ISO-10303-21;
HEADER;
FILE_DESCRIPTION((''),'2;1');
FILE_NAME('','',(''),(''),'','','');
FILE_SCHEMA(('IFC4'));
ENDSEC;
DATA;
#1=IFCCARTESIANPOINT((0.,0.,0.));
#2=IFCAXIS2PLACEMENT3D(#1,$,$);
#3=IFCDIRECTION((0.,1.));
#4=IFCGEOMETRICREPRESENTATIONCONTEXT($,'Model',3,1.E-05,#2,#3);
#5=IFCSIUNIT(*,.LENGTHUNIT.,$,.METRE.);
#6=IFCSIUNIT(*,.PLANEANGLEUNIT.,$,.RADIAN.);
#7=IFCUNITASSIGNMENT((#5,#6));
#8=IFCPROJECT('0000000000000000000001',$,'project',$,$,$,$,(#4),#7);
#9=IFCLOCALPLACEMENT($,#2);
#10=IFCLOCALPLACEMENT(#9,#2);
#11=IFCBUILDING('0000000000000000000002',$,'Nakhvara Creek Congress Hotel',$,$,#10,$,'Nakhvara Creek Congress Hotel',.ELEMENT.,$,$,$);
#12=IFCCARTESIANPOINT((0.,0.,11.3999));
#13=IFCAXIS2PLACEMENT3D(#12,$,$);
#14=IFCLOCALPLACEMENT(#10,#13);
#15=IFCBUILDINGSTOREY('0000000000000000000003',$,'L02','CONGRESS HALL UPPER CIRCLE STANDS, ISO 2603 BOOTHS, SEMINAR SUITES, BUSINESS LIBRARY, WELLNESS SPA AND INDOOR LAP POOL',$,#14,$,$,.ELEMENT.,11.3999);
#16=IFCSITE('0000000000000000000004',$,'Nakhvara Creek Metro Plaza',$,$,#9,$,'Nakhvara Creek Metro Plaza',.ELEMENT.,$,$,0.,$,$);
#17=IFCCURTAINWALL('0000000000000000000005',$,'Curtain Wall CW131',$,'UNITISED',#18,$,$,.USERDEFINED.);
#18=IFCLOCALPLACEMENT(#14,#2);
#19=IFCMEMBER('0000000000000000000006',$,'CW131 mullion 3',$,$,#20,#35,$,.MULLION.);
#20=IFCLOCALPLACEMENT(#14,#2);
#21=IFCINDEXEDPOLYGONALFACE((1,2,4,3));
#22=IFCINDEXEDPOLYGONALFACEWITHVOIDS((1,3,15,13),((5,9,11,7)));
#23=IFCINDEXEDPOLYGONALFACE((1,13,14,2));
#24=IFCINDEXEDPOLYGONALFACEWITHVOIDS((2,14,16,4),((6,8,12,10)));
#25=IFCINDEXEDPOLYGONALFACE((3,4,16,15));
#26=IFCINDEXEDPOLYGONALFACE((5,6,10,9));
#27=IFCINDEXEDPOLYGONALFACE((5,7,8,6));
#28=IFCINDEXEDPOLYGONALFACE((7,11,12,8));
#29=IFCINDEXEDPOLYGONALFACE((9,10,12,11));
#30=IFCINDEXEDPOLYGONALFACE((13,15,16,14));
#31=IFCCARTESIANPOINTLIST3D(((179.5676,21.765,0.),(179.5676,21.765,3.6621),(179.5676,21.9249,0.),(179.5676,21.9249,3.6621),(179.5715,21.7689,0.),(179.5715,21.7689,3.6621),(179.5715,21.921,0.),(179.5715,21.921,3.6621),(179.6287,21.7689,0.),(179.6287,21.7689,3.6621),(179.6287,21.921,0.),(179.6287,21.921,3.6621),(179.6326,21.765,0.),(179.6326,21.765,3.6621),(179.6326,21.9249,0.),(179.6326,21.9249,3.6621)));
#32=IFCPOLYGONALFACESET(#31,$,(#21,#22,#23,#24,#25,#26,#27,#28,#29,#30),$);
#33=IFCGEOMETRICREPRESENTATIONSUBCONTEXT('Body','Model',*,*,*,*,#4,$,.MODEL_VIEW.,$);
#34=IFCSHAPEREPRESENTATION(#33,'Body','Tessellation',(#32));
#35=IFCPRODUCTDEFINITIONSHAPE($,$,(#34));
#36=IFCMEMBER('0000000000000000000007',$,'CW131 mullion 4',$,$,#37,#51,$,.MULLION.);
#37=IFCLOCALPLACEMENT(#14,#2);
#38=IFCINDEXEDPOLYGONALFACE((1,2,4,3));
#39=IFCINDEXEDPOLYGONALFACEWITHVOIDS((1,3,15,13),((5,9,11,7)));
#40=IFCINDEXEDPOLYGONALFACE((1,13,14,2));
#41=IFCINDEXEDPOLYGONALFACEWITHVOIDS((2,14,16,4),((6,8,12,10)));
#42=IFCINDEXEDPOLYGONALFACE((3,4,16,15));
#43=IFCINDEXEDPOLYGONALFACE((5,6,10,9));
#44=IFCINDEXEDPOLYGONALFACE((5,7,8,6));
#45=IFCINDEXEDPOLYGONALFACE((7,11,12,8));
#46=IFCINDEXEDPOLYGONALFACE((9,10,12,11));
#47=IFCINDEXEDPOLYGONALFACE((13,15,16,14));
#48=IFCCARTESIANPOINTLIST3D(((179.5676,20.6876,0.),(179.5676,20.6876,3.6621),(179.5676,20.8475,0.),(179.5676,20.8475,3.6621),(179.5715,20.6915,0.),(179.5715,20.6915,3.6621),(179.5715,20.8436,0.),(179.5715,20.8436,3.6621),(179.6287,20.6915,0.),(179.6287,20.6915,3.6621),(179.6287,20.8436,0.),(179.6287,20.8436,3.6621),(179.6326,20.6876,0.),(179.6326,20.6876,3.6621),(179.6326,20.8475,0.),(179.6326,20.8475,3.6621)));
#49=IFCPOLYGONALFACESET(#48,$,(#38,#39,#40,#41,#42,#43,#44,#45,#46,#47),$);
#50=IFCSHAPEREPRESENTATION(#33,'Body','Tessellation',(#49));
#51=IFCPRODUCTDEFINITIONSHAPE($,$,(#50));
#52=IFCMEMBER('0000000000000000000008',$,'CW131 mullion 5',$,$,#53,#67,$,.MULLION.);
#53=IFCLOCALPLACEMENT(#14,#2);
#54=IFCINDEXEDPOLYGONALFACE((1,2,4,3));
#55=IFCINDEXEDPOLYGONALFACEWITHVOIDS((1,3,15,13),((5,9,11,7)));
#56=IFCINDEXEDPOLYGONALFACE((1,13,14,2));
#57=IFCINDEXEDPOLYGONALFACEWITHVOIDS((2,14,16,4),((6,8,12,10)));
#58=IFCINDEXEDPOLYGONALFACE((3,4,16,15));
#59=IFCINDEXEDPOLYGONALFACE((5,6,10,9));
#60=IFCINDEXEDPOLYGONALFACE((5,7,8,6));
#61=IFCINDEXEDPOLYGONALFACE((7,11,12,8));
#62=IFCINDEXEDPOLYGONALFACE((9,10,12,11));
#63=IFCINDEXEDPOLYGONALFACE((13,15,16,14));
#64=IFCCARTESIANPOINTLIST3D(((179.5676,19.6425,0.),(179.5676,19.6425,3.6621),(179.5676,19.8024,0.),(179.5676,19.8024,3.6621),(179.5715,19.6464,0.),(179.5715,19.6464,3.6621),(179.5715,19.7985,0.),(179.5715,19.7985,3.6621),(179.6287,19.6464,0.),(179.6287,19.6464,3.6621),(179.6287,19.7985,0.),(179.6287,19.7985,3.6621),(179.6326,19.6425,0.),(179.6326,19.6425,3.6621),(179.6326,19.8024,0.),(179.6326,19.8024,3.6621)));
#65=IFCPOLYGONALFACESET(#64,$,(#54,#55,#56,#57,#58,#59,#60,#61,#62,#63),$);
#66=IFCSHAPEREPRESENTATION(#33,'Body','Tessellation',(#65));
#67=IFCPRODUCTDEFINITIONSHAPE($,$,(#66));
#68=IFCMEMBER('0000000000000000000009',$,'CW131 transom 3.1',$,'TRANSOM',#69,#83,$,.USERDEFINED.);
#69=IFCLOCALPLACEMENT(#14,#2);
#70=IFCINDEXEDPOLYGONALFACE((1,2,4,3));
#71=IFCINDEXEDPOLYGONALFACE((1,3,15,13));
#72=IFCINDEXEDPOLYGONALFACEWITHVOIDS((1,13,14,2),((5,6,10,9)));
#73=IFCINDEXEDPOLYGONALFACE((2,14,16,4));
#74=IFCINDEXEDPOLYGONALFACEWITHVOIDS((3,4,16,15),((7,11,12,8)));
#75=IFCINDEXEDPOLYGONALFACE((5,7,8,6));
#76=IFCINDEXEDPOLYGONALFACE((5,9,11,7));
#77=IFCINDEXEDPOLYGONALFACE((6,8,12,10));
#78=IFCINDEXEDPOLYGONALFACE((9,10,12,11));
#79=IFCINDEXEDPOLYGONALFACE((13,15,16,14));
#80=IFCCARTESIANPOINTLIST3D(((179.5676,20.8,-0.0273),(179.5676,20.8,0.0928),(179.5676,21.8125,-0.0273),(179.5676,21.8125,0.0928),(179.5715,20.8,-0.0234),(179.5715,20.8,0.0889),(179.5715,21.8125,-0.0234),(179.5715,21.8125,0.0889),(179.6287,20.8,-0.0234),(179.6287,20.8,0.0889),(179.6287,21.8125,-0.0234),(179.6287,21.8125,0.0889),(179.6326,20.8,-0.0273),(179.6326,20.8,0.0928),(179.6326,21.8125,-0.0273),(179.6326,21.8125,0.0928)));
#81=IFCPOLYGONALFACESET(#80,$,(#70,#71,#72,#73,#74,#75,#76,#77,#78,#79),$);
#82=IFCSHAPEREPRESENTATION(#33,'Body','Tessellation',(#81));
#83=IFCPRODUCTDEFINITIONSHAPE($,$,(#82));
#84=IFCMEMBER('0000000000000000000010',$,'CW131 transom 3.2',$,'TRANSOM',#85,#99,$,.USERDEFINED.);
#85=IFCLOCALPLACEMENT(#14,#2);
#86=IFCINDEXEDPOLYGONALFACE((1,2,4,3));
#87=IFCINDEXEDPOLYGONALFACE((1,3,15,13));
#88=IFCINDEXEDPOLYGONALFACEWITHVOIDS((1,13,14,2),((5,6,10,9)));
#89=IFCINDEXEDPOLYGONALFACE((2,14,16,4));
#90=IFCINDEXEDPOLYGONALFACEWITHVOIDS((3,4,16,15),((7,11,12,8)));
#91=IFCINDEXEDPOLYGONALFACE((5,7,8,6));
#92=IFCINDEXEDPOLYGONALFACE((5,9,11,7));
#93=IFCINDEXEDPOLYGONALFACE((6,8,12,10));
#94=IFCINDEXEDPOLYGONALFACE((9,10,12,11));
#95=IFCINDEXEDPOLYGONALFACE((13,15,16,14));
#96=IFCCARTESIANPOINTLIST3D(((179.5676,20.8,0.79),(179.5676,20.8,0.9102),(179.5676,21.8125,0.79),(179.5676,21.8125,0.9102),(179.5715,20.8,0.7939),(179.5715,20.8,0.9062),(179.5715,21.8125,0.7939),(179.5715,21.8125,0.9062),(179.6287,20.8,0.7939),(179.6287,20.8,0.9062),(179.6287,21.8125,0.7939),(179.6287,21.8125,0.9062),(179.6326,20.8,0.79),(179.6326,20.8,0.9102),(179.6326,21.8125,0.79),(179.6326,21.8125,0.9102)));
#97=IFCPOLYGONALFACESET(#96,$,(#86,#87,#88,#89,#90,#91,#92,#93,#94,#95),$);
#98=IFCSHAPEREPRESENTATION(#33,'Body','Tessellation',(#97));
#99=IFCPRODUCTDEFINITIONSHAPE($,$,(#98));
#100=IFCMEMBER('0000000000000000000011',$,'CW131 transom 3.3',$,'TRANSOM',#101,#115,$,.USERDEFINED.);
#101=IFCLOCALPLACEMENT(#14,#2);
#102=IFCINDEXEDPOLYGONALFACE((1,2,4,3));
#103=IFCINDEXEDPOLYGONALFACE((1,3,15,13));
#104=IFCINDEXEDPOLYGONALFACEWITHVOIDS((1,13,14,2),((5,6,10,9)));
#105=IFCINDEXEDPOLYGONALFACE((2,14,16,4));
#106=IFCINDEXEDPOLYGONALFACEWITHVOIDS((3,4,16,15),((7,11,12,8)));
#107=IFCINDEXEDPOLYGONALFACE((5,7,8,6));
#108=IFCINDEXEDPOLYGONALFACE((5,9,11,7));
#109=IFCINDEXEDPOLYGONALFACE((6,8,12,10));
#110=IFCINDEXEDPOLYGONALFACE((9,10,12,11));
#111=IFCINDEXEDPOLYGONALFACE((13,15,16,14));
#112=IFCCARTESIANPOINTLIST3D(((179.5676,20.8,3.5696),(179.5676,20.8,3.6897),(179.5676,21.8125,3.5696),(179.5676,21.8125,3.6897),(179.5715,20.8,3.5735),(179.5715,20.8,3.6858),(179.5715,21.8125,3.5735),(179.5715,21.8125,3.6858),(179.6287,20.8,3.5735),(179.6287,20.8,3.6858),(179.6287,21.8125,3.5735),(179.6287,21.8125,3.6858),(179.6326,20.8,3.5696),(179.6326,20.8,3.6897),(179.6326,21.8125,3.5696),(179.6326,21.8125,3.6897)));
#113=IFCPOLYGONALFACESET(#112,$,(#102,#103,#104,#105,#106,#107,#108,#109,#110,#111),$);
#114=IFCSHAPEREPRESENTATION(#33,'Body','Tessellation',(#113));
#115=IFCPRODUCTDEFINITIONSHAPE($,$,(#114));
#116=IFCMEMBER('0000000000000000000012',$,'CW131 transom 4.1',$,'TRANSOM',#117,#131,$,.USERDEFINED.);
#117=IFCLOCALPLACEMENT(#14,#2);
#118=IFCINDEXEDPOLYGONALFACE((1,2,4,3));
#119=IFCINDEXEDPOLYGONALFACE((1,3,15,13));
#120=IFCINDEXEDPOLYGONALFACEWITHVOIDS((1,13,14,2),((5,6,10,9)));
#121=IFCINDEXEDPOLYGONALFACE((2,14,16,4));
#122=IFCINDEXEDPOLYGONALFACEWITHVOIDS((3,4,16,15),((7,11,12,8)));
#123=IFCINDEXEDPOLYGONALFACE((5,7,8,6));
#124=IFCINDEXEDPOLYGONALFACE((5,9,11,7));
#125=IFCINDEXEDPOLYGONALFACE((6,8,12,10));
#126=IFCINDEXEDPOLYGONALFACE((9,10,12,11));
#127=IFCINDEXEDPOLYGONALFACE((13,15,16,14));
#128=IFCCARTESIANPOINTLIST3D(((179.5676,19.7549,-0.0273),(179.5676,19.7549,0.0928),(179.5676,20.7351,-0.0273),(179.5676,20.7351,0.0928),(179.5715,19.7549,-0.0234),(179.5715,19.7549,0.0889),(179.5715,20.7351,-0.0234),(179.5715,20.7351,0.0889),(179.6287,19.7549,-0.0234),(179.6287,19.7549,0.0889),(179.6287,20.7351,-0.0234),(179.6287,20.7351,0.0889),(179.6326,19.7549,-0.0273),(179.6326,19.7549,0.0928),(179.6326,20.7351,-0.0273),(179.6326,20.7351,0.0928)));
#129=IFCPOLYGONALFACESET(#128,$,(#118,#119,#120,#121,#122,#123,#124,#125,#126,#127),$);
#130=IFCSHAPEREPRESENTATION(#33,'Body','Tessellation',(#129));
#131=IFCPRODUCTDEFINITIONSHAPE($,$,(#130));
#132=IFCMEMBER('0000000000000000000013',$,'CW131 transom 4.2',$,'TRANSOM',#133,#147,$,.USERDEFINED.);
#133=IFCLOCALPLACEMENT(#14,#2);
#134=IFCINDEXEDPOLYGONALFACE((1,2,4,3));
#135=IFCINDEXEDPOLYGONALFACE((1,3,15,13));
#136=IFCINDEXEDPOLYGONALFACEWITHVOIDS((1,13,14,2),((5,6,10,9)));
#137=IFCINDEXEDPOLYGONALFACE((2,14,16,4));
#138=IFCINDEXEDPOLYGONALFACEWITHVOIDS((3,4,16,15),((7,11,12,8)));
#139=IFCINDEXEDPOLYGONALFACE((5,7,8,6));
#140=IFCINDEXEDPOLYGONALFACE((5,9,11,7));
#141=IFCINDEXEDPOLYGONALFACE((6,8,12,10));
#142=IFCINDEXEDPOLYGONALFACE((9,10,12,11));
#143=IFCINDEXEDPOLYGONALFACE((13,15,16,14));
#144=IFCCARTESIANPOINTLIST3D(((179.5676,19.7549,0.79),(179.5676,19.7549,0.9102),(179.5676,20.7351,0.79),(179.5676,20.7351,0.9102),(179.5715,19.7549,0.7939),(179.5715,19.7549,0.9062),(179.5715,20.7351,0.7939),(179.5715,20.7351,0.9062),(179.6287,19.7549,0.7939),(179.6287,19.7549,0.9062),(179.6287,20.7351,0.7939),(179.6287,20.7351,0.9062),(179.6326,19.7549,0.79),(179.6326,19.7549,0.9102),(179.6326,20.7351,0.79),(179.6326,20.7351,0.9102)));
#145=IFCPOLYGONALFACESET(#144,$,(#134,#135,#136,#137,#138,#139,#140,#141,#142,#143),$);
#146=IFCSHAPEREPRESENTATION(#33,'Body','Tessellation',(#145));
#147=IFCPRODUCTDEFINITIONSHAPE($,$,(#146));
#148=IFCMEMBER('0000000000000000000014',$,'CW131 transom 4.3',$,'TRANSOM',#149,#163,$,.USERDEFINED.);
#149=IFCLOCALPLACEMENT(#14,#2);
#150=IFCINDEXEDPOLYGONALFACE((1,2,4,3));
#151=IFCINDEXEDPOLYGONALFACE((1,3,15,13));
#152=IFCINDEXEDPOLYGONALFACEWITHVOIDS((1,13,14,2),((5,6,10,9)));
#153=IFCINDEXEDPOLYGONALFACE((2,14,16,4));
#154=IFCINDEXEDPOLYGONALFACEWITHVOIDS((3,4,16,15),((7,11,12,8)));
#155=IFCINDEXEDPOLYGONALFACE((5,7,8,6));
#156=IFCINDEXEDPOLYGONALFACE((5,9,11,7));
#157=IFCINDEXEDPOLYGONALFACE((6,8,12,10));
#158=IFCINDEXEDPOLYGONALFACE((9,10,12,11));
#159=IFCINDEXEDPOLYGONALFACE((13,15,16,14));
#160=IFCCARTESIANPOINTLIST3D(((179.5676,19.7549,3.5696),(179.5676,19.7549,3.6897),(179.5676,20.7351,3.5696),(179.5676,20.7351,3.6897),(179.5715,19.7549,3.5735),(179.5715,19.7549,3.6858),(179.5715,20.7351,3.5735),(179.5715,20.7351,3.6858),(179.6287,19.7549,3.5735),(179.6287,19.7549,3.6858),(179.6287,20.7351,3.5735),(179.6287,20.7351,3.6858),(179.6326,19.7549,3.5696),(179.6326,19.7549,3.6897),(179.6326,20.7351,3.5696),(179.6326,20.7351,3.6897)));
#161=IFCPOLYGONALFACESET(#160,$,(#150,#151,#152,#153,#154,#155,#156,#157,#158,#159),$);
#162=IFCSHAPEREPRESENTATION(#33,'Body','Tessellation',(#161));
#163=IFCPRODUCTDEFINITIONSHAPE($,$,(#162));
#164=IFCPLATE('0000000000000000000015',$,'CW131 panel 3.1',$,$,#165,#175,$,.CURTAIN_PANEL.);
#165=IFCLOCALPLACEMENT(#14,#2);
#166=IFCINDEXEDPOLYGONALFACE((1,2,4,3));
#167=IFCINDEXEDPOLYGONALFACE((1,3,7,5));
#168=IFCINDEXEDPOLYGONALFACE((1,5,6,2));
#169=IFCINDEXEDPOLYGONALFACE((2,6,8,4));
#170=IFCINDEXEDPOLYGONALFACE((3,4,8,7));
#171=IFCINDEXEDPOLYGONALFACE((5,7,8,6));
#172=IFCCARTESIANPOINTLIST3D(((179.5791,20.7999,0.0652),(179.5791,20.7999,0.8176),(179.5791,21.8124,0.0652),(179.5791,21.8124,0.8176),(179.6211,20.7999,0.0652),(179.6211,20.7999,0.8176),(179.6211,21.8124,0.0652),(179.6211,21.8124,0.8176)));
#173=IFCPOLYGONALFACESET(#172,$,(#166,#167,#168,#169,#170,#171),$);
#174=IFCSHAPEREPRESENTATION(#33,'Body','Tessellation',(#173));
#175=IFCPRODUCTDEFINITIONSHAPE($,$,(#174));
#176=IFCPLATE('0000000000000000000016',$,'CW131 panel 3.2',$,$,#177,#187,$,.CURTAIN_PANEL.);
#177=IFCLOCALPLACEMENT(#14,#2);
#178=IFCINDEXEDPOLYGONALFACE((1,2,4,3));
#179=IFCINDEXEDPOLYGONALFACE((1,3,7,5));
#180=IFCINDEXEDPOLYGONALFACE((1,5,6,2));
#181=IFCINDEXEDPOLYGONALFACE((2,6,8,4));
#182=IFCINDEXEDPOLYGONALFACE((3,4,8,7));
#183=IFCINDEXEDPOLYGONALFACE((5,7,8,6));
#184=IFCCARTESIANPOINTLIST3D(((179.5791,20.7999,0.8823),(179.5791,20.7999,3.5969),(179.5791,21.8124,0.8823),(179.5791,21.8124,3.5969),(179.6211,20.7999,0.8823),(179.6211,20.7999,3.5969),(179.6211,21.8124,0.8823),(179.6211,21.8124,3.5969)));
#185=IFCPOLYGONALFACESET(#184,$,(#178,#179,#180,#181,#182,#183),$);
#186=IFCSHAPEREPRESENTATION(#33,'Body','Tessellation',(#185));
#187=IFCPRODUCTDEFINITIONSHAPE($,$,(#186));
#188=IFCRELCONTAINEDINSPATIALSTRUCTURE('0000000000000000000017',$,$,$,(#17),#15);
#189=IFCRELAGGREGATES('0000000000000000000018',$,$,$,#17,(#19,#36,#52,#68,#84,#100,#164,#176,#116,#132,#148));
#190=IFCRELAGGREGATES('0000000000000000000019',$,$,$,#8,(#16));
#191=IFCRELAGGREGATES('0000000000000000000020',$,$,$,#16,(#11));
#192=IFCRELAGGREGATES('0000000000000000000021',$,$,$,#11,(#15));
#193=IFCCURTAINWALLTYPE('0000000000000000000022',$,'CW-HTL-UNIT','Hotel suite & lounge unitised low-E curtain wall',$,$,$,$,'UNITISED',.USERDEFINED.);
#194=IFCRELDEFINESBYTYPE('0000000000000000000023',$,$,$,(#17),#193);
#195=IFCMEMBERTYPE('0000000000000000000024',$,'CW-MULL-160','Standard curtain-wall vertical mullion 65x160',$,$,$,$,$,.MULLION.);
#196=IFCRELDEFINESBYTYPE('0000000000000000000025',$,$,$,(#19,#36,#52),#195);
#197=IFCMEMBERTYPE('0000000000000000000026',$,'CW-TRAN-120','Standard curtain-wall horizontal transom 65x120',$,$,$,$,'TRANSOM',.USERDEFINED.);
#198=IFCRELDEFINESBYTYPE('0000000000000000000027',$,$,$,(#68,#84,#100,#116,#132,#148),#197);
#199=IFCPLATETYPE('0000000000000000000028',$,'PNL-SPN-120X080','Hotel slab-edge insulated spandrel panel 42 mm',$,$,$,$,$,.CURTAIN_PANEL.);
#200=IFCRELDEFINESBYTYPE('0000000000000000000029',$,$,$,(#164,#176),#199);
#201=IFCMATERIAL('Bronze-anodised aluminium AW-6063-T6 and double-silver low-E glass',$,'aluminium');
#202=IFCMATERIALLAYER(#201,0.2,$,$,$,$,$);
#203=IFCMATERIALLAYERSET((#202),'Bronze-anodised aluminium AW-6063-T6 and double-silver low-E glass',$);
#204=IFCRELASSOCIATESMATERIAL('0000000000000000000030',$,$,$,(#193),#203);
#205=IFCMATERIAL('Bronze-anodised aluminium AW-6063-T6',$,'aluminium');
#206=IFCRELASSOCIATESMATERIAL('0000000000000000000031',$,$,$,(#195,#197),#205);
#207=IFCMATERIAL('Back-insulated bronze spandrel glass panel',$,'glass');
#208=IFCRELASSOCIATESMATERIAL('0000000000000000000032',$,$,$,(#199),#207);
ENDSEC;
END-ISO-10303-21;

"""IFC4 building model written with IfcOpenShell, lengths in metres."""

from ifc_helpers import new_model, si_unit, direction, frame, origin, origin_2d, place, context, subcontext, project, spatial, rectangle, hollow_rectangle, extrude, material, layer, layer_set, material_profile, profile_set, type_object, element, aggregate, save


model = new_model("IFC4")

# Units and contexts
model_context = context("Model", 3, precision=1e-05, world=origin(), true_north=direction((0.0, 1.0)))
body_context = subcontext(model_context, "Body", "Model", "MODEL_VIEW")
ifc_project = project(units=[si_unit("LENGTHUNIT", "METRE"), si_unit("PLANEANGLEUNIT", "RADIAN")], contexts=[model_context])

# Site, building, storey
site_placement = place(None, origin())
site = spatial("IfcSite", under=ifc_project, at=site_placement, Name="Nakhvara Creek Metro Plaza", LongName="Nakhvara Creek Metro Plaza", CompositionType="ELEMENT", RefElevation=0.0)
building_placement = place(site_placement, origin())
building = spatial("IfcBuilding", under=site, at=building_placement, Name="Nakhvara Creek Congress Hotel", LongName="Nakhvara Creek Congress Hotel", CompositionType="ELEMENT")
storey_placement = place(building_placement, frame((0.0, 0.0, 11.3999)))
storey = spatial("IfcBuildingStorey", under=building, at=storey_placement, Name="L02", Description="CONGRESS HALL UPPER CIRCLE STANDS, ISO 2603 BOOTHS, SEMINAR SUITES, BUSINESS LIBRARY, WELLNESS SPA AND INDOOR LAP POOL", CompositionType="ELEMENT", Elevation=11.3999)

# Curtain wall, members, plates
ifc_material_1 = material(Name="Bronze-anodised aluminium AW-6063-T6 and double-silver low-E glass", Category="aluminium")
ifc_layer_1 = layer(ifc_material_1, 0.2)
ifc_layer_set_1 = layer_set([ifc_layer_1], Name="Bronze-anodised aluminium AW-6063-T6 and double-silver low-E glass")
curtain_wall_type = type_object("IfcCurtainWallType", Name="CW-HTL-UNIT", Description="Hotel suite & lounge unitised low-E curtain wall", ElementType="UNITISED", PredefinedType="USERDEFINED", material=ifc_layer_set_1)
curtain_wall_placement = place(storey_placement, origin())
curtain_wall = element("IfcCurtainWall", 1, at=curtain_wall_placement, inside=storey, type_object=curtain_wall_type, Name="Curtain Wall CW131", ObjectType="UNITISED", PredefinedType="USERDEFINED")
ifc_material_2 = material(Name="Bronze-anodised aluminium AW-6063-T6", Category="aluminium")
ifc_material_profile_1 = material_profile(ifc_material_2, hollow_rectangle(XDim=0.0649, YDim=0.1599, WallThickness=0.0039, at=origin_2d()), Name="ALU-MULL 65x160x4", Category="LoadBearing")
ifc_profile_set_1 = profile_set([ifc_material_profile_1], Name="Bronze-anodised aluminium AW-6063-T6")
member_type_1 = type_object("IfcMemberType", Name="CW-MULL-160", Description="Standard curtain-wall vertical mullion 65x160", PredefinedType="MULLION", material=ifc_profile_set_1)
member_1_placement = place(storey_placement, frame((179.6001, 21.845, 0.0), z_axis=(0.0, 0.0, 1.0), x_axis=(1.0, 0.0, 0.0)))
member_1 = element("IfcMember", 2, at=member_1_placement, type_object=member_type_1, Name="CW131 mullion 3", PredefinedType="MULLION", context=body_context, shape_type="SweptSolid", body=[
    extrude(hollow_rectangle(XDim=0.0649, YDim=0.1599, WallThickness=0.0039, at=origin_2d()), origin(), (0.0, 0.0, 1.0), 3.6621),
])
member_2_placement = place(storey_placement, frame((179.6001, 20.7676, 0.0), z_axis=(0.0, 0.0, 1.0), x_axis=(1.0, 0.0, 0.0)))
member_2 = element("IfcMember", 3, at=member_2_placement, type_object=member_type_1, Name="CW131 mullion 4", PredefinedType="MULLION", context=body_context, shape_type="SweptSolid", body=[
    extrude(hollow_rectangle(XDim=0.0649, YDim=0.1599, WallThickness=0.0039, at=origin_2d()), origin(), (0.0, 0.0, 1.0), 3.6621),
])
member_3_placement = place(storey_placement, frame((179.6001, 19.7224, 0.0), z_axis=(0.0, 0.0, 1.0), x_axis=(1.0, 0.0, 0.0)))
member_3 = element("IfcMember", 4, at=member_3_placement, type_object=member_type_1, Name="CW131 mullion 5", PredefinedType="MULLION", context=body_context, shape_type="SweptSolid", body=[
    extrude(hollow_rectangle(XDim=0.0649, YDim=0.1599, WallThickness=0.0039, at=origin_2d()), origin(), (0.0, 0.0, 1.0), 3.6621),
])
ifc_material_profile_2 = material_profile(ifc_material_2, hollow_rectangle(XDim=0.0649, YDim=0.1201, WallThickness=0.0039, at=origin_2d()), Name="ALU-TRAN 65x120x4", Category="LoadBearing")
ifc_profile_set_2 = profile_set([ifc_material_profile_2], Name="Bronze-anodised aluminium AW-6063-T6")
member_type_2 = type_object("IfcMemberType", Name="CW-TRAN-120", Description="Standard curtain-wall horizontal transom 65x120", ElementType="TRANSOM", PredefinedType="USERDEFINED", material=ifc_profile_set_2)
member_4_placement = place(storey_placement, frame((179.6001, 21.8125, 0.0327), z_axis=(0.0, -1.0, 0.0), x_axis=(1.0, 0.0, 0.0)))
member_4 = element("IfcMember", 5, at=member_4_placement, type_object=member_type_2, Name="CW131 transom 3.1", ObjectType="TRANSOM", PredefinedType="USERDEFINED", context=body_context, shape_type="SweptSolid", body=[
    extrude(hollow_rectangle(XDim=0.0649, YDim=0.1201, WallThickness=0.0039, at=origin_2d()), origin(), (0.0, 0.0, 1.0), 1.0125),
])
member_5_placement = place(storey_placement, frame((179.6001, 21.8125, 0.8501), z_axis=(0.0, -1.0, 0.0), x_axis=(1.0, 0.0, 0.0)))
member_5 = element("IfcMember", 6, at=member_5_placement, type_object=member_type_2, Name="CW131 transom 3.2", ObjectType="TRANSOM", PredefinedType="USERDEFINED", context=body_context, shape_type="SweptSolid", body=[
    extrude(hollow_rectangle(XDim=0.0649, YDim=0.1201, WallThickness=0.0039, at=origin_2d()), origin(), (0.0, 0.0, 1.0), 1.0125),
])
member_6_placement = place(storey_placement, frame((179.6001, 21.8125, 3.6296), z_axis=(0.0, -1.0, 0.0), x_axis=(1.0, 0.0, 0.0)))
member_6 = element("IfcMember", 7, at=member_6_placement, type_object=member_type_2, Name="CW131 transom 3.3", ObjectType="TRANSOM", PredefinedType="USERDEFINED", context=body_context, shape_type="SweptSolid", body=[
    extrude(hollow_rectangle(XDim=0.0649, YDim=0.1201, WallThickness=0.0039, at=origin_2d()), origin(), (0.0, 0.0, 1.0), 1.0125),
])
member_7_placement = place(storey_placement, frame((179.6001, 20.7351, 0.0327), z_axis=(0.0, -1.0, 0.0), x_axis=(1.0, 0.0, 0.0)))
member_7 = element("IfcMember", 8, at=member_7_placement, type_object=member_type_2, Name="CW131 transom 4.1", ObjectType="TRANSOM", PredefinedType="USERDEFINED", context=body_context, shape_type="SweptSolid", body=[
    extrude(hollow_rectangle(XDim=0.0649, YDim=0.1201, WallThickness=0.0039, at=origin_2d()), origin(), (0.0, 0.0, 1.0), 0.9802),
])
member_8_placement = place(storey_placement, frame((179.6001, 20.7351, 0.8501), z_axis=(0.0, -1.0, 0.0), x_axis=(1.0, 0.0, 0.0)))
member_8 = element("IfcMember", 9, at=member_8_placement, type_object=member_type_2, Name="CW131 transom 4.2", ObjectType="TRANSOM", PredefinedType="USERDEFINED", context=body_context, shape_type="SweptSolid", body=[
    extrude(hollow_rectangle(XDim=0.0649, YDim=0.1201, WallThickness=0.0039, at=origin_2d()), origin(), (0.0, 0.0, 1.0), 0.9802),
])
member_9_placement = place(storey_placement, frame((179.6001, 20.7351, 3.6296), z_axis=(0.0, -1.0, 0.0), x_axis=(1.0, 0.0, 0.0)))
member_9 = element("IfcMember", 10, at=member_9_placement, type_object=member_type_2, Name="CW131 transom 4.3", ObjectType="TRANSOM", PredefinedType="USERDEFINED", context=body_context, shape_type="SweptSolid", body=[
    extrude(hollow_rectangle(XDim=0.0649, YDim=0.1201, WallThickness=0.0039, at=origin_2d()), origin(), (0.0, 0.0, 1.0), 0.9802),
])
ifc_material_3 = material(Name="Back-insulated bronze spandrel glass panel", Category="glass")
plate_type = type_object("IfcPlateType", Name="PNL-SPN-120X080", Description="Hotel slab-edge insulated spandrel panel 42 mm", PredefinedType="CURTAIN_PANEL", material=ifc_material_3)
plate_1_placement = place(storey_placement, frame((179.6001, 21.3062, 0.0652), z_axis=(0.0, 0.0, 1.0), x_axis=(0.0, -1.0, 0.0)))
plate_1 = element("IfcPlate", 11, at=plate_1_placement, type_object=plate_type, Name="CW131 panel 3.1", PredefinedType="CURTAIN_PANEL", context=body_context, shape_type="SweptSolid", body=[
    extrude(rectangle(XDim=1.0125, YDim=0.042, at=origin_2d()), origin(), (0.0, 0.0, 1.0), 0.7524),
])
plate_2_placement = place(storey_placement, frame((179.6001, 21.3062, 0.8823), z_axis=(0.0, 0.0, 1.0), x_axis=(0.0, -1.0, 0.0)))
plate_2 = element("IfcPlate", 12, at=plate_2_placement, type_object=plate_type, Name="CW131 panel 3.2", PredefinedType="CURTAIN_PANEL", context=body_context, shape_type="SweptSolid", body=[
    extrude(rectangle(XDim=1.0125, YDim=0.042, at=origin_2d()), origin(), (0.0, 0.0, 1.0), 2.7146),
])
aggregate(curtain_wall, [member_1, member_2, member_3, member_4, member_5, member_6, plate_1, plate_2, member_7, member_8, member_9])

save(model, "model.ifc")
